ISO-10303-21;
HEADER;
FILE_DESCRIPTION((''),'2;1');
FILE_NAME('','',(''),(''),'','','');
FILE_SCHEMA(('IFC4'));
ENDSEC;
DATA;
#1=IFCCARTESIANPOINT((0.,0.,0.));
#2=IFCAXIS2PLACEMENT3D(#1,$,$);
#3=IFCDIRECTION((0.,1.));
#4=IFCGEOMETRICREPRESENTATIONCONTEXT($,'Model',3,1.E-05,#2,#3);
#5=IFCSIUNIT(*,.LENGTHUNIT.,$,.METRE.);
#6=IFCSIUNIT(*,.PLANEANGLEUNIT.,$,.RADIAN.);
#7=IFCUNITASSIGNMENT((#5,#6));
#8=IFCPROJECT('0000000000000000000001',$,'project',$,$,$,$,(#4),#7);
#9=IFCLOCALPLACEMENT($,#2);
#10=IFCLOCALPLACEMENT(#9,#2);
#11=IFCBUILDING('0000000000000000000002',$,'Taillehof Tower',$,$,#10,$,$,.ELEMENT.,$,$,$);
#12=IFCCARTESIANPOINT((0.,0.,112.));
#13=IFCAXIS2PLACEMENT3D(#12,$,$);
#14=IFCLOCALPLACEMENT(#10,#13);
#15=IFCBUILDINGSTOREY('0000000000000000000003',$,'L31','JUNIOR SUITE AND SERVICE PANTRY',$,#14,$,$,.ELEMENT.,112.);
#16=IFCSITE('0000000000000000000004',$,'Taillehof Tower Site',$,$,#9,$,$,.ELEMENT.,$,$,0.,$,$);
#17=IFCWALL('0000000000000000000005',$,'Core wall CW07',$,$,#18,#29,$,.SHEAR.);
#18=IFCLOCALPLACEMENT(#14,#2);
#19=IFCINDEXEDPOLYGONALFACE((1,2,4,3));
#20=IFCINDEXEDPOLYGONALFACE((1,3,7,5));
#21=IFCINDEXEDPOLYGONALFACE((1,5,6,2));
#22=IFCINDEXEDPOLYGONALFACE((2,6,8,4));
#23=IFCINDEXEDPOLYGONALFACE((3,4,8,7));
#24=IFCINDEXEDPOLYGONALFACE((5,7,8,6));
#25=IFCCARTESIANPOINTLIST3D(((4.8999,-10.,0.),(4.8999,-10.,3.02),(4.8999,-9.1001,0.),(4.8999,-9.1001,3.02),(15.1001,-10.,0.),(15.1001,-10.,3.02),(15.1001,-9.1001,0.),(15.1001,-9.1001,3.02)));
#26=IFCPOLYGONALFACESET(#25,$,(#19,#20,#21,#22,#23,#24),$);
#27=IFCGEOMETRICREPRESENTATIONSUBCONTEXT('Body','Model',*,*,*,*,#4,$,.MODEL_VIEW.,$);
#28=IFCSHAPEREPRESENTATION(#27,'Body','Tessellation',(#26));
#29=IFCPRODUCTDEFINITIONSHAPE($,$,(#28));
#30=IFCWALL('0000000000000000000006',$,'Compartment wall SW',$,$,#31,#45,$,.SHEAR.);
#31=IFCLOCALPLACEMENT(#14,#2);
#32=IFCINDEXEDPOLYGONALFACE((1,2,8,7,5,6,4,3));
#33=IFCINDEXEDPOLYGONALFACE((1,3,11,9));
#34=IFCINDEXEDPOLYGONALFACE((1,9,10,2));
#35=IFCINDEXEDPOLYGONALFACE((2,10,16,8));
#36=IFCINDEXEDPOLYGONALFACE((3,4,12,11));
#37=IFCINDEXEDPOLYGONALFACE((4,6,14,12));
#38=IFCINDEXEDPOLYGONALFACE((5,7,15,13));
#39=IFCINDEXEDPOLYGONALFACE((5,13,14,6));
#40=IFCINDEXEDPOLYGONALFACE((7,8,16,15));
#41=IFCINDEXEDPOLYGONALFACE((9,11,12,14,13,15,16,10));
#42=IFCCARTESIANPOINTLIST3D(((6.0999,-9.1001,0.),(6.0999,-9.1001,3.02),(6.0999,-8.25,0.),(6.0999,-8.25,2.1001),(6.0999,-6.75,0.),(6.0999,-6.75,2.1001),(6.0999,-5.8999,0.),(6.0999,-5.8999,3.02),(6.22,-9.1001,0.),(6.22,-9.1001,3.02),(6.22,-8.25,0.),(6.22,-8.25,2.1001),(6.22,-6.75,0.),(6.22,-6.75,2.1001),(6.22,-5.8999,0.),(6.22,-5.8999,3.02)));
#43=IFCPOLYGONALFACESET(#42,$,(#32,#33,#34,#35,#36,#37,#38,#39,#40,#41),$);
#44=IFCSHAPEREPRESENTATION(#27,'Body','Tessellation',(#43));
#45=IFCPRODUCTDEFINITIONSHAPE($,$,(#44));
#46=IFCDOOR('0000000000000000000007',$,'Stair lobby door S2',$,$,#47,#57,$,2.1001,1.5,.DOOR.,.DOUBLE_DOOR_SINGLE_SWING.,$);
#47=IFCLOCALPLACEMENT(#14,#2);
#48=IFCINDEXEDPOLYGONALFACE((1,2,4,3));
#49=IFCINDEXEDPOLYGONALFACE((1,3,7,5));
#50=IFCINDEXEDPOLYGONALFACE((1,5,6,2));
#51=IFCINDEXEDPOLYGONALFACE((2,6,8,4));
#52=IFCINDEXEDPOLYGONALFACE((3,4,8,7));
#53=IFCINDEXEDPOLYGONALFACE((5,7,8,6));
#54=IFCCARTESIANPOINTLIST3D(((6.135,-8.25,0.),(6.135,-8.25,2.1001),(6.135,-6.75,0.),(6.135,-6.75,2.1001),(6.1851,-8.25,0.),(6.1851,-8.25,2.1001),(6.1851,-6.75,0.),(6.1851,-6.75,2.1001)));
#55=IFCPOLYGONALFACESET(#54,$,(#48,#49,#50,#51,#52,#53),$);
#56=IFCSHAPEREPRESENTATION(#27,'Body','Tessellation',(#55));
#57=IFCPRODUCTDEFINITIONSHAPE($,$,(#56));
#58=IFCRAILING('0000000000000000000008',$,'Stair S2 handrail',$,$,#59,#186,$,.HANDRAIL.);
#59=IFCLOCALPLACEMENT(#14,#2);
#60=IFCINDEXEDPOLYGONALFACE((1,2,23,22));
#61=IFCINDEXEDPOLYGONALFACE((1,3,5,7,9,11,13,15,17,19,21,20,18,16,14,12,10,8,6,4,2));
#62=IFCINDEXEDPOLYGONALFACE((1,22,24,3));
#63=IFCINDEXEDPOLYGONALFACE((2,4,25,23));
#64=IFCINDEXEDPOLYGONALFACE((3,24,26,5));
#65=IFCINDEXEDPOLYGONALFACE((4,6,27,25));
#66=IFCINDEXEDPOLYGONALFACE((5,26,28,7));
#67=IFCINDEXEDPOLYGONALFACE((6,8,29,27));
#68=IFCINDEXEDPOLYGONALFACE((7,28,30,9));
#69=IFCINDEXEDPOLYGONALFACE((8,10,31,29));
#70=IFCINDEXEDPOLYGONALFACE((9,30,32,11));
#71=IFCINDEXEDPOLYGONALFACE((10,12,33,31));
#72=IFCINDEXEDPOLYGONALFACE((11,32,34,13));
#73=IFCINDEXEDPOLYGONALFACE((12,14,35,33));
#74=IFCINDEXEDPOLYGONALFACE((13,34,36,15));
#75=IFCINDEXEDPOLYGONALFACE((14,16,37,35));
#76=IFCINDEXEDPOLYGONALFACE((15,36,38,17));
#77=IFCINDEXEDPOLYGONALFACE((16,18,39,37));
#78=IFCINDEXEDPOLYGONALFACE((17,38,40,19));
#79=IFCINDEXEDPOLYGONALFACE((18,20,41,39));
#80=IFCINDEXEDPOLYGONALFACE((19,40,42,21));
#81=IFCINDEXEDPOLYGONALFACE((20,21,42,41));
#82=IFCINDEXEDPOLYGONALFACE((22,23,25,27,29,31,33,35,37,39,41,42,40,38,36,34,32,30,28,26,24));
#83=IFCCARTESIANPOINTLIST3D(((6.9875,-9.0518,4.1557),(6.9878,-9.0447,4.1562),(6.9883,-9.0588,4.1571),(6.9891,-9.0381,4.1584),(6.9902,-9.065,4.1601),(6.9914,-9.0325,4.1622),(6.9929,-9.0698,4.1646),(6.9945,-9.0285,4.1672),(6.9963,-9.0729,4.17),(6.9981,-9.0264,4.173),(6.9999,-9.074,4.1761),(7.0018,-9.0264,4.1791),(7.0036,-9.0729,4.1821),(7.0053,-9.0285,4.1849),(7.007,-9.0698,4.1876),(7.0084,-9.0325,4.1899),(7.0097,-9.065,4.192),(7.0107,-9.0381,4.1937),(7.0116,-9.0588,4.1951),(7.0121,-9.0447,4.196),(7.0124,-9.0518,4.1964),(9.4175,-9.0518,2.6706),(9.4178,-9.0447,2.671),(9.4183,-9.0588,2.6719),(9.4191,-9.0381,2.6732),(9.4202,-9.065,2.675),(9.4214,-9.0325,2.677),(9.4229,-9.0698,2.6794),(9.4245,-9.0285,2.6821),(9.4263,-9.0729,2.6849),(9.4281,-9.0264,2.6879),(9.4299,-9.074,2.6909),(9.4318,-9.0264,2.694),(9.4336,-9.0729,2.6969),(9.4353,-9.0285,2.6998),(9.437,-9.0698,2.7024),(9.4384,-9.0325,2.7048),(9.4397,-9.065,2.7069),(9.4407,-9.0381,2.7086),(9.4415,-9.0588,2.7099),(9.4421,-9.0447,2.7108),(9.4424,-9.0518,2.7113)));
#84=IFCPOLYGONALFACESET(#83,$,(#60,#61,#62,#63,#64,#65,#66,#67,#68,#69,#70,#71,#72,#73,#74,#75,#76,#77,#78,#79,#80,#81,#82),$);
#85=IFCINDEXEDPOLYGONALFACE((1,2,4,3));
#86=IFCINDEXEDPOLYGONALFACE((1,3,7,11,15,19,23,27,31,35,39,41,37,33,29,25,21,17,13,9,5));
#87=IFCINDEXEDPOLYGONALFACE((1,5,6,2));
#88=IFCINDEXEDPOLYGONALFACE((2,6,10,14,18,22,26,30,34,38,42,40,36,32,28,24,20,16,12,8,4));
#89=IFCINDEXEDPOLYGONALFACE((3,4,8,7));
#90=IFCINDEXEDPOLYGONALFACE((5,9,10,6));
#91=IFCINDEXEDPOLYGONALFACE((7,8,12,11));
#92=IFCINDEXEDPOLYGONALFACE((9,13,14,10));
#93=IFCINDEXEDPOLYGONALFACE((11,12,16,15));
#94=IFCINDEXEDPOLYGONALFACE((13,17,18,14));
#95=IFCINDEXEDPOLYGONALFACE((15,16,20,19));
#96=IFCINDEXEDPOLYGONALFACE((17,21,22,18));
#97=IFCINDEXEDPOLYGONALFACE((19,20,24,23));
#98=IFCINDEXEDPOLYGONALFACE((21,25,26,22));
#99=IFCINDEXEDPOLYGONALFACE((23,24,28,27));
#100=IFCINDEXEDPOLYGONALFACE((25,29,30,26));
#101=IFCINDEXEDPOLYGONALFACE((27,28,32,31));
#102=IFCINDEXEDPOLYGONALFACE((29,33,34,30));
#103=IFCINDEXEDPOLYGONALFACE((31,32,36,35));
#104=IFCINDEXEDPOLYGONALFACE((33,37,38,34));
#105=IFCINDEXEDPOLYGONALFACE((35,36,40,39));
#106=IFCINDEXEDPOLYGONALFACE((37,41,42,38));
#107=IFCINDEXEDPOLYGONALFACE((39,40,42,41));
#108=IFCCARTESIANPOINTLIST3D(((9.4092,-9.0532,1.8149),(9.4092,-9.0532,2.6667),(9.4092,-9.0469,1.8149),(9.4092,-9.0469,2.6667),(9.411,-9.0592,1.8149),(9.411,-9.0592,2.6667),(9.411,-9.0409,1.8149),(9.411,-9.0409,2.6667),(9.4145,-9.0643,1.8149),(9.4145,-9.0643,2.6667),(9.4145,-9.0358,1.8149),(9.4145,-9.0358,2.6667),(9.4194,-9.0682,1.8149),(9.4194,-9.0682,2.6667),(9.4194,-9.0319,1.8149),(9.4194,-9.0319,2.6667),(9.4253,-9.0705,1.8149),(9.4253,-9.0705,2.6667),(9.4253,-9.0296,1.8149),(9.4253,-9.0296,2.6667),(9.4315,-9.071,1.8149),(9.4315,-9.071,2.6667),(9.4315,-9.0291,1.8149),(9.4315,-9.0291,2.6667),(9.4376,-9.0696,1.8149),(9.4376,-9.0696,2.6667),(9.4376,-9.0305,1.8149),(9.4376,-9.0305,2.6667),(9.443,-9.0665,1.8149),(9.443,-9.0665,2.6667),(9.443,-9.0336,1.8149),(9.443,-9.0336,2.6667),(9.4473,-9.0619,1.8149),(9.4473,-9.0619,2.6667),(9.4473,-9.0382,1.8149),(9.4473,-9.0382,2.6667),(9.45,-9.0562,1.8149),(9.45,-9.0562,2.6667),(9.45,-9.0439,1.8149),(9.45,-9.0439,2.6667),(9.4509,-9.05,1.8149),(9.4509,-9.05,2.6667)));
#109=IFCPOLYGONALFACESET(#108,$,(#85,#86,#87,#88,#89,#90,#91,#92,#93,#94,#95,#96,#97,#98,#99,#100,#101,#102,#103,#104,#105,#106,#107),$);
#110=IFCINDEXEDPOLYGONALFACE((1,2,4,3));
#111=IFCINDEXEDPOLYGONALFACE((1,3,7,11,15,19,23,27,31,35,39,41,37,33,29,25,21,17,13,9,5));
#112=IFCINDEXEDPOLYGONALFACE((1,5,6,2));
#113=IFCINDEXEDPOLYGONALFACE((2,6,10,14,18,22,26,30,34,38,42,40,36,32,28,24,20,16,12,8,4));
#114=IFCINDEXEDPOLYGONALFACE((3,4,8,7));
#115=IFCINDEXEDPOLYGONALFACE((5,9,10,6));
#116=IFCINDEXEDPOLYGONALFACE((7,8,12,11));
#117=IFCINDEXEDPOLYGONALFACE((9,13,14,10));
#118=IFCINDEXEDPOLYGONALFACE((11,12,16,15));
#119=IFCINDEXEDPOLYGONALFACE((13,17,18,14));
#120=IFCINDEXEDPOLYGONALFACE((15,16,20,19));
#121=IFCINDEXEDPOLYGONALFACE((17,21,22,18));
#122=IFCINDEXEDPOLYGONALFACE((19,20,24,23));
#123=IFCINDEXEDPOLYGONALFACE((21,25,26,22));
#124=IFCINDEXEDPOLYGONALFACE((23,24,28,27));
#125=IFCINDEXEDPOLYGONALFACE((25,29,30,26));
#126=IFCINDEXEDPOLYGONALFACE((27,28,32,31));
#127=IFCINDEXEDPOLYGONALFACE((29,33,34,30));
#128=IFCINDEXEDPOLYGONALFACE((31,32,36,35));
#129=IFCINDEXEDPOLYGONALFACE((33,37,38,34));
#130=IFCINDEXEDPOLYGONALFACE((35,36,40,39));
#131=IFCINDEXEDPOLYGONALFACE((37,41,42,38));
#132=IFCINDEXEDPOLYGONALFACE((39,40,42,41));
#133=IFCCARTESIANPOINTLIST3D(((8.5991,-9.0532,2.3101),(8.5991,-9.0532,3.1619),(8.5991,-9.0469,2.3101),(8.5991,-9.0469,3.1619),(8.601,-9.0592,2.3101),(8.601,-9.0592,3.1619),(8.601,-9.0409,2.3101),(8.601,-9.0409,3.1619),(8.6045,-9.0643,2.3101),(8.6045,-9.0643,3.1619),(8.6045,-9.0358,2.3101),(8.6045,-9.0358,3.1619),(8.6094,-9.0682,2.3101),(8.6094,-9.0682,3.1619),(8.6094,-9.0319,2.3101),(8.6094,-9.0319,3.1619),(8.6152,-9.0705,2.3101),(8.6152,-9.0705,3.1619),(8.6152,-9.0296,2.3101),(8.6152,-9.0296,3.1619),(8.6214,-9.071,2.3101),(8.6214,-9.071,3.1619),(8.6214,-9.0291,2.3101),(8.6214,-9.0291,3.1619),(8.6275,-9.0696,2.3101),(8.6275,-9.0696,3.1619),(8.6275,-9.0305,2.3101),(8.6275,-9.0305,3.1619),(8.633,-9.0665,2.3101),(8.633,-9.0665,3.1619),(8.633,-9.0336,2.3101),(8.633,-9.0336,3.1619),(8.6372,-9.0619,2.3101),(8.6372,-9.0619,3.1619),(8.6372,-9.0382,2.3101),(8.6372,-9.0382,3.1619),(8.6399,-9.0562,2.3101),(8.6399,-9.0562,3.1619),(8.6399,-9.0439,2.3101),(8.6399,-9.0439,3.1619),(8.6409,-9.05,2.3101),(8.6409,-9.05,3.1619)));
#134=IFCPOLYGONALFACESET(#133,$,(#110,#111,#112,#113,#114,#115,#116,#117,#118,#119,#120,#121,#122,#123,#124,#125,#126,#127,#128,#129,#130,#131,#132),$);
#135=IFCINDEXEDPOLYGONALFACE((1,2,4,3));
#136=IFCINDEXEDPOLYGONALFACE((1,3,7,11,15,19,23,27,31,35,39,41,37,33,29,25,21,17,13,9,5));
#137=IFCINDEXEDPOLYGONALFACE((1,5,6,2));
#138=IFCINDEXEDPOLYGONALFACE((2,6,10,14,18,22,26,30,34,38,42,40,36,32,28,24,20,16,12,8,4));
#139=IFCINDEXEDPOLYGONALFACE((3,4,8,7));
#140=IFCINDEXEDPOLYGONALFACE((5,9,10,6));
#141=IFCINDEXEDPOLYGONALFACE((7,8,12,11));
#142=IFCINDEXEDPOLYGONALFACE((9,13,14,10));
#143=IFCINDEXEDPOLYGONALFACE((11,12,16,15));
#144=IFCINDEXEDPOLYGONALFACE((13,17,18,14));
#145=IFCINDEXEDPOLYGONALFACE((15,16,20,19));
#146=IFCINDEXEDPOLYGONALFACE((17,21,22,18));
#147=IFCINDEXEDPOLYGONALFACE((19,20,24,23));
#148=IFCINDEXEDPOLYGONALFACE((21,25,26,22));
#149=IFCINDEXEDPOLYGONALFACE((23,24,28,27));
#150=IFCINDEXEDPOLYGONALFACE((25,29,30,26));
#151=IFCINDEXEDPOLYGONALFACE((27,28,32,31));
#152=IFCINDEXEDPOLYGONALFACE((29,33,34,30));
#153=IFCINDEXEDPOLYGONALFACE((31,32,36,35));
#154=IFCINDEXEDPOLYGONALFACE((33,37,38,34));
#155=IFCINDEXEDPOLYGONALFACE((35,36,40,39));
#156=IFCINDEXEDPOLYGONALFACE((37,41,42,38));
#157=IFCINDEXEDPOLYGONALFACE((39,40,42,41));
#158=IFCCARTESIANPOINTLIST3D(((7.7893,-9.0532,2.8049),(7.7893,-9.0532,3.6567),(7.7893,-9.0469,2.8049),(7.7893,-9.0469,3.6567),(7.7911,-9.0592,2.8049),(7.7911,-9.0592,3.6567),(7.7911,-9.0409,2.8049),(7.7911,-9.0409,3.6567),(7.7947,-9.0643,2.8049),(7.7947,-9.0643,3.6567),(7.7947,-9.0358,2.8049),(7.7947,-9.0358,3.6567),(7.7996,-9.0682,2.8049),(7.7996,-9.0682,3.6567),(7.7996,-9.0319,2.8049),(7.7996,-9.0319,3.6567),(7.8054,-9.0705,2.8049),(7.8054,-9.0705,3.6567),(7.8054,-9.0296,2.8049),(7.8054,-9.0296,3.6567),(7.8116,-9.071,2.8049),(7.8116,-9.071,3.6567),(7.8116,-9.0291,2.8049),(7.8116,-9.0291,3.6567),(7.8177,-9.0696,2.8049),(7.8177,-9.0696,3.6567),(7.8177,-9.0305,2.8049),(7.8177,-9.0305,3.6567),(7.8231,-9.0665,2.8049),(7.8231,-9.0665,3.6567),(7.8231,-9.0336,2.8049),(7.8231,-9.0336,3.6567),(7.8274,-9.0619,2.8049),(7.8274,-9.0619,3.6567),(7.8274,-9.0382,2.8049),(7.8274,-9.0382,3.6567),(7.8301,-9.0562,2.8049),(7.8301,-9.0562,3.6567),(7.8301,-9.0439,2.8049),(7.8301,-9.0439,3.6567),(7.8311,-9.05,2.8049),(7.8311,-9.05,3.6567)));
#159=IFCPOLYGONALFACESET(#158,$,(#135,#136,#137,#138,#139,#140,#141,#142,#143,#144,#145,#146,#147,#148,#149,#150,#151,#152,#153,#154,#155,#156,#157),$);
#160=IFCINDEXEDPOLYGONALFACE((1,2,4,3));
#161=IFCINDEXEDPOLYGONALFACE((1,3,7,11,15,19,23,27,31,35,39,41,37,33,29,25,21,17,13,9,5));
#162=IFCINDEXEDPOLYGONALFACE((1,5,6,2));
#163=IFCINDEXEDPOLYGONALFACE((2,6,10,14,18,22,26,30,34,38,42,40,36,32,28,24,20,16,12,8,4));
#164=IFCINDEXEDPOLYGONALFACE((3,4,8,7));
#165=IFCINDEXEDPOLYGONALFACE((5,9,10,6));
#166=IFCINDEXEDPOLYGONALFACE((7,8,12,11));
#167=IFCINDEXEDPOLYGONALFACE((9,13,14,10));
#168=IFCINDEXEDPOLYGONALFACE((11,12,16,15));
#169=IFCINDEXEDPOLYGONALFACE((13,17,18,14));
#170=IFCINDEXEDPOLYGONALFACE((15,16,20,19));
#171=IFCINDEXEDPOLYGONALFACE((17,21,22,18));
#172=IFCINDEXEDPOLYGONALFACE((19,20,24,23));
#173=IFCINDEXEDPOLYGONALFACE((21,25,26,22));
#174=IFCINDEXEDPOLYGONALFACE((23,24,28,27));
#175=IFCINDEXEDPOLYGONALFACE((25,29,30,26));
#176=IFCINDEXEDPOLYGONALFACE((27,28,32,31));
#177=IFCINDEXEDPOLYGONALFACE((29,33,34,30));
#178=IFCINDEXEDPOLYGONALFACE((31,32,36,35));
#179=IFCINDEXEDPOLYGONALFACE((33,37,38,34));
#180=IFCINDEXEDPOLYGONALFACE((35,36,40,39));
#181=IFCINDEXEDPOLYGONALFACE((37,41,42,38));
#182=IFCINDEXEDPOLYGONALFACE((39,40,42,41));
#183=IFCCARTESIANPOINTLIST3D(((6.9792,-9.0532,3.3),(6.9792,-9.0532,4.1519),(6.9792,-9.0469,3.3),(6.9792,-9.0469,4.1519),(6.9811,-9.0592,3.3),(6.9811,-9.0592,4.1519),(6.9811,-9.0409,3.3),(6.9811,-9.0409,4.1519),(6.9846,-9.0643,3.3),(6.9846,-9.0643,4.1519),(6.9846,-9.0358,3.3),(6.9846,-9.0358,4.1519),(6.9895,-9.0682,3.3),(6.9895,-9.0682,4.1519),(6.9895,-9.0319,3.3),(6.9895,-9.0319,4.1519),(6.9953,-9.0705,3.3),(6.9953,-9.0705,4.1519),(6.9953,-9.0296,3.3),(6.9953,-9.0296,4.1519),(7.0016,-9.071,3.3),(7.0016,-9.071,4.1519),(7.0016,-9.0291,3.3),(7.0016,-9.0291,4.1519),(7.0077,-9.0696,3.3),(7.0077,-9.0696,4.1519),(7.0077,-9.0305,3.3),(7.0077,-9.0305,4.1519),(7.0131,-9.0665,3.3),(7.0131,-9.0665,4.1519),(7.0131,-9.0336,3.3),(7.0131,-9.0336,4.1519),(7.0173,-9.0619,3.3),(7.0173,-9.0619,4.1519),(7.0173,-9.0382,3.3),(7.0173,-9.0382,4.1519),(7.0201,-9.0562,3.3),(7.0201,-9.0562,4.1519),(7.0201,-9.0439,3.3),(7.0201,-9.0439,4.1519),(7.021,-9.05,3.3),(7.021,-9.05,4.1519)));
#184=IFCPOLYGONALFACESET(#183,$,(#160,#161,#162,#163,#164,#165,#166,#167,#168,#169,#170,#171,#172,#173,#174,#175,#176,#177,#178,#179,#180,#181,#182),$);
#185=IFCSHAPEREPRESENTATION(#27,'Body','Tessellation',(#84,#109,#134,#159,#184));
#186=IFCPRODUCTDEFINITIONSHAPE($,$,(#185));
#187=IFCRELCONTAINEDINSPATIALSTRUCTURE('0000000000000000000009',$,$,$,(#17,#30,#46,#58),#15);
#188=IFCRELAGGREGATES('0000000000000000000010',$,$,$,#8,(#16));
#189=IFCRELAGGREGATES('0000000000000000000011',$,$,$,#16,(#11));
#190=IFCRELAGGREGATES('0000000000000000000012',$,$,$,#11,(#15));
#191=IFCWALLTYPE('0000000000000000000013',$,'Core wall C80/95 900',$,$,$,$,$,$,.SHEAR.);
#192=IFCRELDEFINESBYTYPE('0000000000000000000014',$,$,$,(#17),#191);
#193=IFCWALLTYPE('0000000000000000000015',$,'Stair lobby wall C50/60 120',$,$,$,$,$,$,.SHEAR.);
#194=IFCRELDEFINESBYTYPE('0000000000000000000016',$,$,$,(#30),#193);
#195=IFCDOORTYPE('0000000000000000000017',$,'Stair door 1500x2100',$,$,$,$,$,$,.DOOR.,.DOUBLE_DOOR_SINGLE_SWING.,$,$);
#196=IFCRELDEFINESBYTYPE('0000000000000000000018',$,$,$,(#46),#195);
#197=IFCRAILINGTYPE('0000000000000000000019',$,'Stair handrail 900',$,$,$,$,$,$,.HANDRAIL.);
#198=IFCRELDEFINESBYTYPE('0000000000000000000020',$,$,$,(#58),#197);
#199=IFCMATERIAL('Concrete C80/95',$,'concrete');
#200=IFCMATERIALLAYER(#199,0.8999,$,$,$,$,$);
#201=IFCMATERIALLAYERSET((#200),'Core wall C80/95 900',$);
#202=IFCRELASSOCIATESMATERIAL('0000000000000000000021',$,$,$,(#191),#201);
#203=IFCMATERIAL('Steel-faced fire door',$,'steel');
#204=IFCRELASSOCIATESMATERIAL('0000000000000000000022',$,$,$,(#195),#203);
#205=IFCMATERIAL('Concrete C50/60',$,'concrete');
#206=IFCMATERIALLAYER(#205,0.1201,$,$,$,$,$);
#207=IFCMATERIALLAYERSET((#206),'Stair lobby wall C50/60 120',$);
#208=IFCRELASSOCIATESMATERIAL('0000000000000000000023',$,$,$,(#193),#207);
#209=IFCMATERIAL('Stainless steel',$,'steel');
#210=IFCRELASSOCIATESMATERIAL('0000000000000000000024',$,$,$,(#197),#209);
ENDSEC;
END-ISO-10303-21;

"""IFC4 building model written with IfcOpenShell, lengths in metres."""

from ifc_helpers import new_model, si_unit, direction, frame, frame_2d, origin, origin_2d, place, context, subcontext, project, spatial, rectangle, circle, extrude, material, layer, layer_set, type_object, element, fill, save


model = new_model("IFC4")

# Units and contexts
model_context = context("Model", 3, precision=1e-05, world=origin(), true_north=direction((0.0, 1.0)))
body_context = subcontext(model_context, "Body", "Model", "MODEL_VIEW")
ifc_project = project(units=[si_unit("LENGTHUNIT", "METRE"), si_unit("PLANEANGLEUNIT", "RADIAN")], contexts=[model_context])

# Site, building, storey
site_placement = place(None, origin())
site = spatial("IfcSite", under=ifc_project, at=site_placement, Name="Taillehof Tower Site", CompositionType="ELEMENT", RefElevation=0.0)
building_placement = place(site_placement, origin())
building = spatial("IfcBuilding", under=site, at=building_placement, Name="Taillehof Tower", CompositionType="ELEMENT")
storey_placement = place(building_placement, frame((0.0, 0.0, 112.0)))
storey = spatial("IfcBuildingStorey", under=building, at=storey_placement, Name="L31", Description="JUNIOR SUITE AND SERVICE PANTRY", CompositionType="ELEMENT", Elevation=112.0)

# Shared definitions
ifc_material_1 = material(Name="Concrete C80/95", Category="concrete")
ifc_layer_1 = layer(ifc_material_1, 0.8999)
ifc_layer_set_1 = layer_set([ifc_layer_1], Name="Core wall C80/95 900")
wall_type_1 = type_object("IfcWallType", Name="Core wall C80/95 900", PredefinedType="SHEAR", material=ifc_layer_set_1)
ifc_material_2 = material(Name="Steel-faced fire door", Category="steel")
door_type_1 = type_object("IfcDoorType", Name="Stair door 1500x2100", OperationType="DOUBLE_DOOR_SINGLE_SWING", PredefinedType="DOOR", material=ifc_material_2)

# Wall
wall_1_placement = place(storey_placement, frame((4.8999, -9.55, 0.0), z_axis=(0.0, 0.0, 1.0), x_axis=(1.0, 0.0, 0.0)))
element("IfcWall", 1, at=wall_1_placement, inside=storey, type_object=wall_type_1, Name="Core wall CW07", PredefinedType="SHEAR", context=body_context, shape_type="SweptSolid", body=[
    extrude(rectangle(XDim=10.2002, YDim=0.8999, at=frame_2d((5.1001, 0.0))), origin(), (0.0, 0.0, 1.0), 3.02),
])

# Wall, opening, door
ifc_material_3 = material(Name="Concrete C50/60", Category="concrete")
ifc_layer_2 = layer(ifc_material_3, 0.1201)
ifc_layer_set_2 = layer_set([ifc_layer_2], Name="Stair lobby wall C50/60 120")
wall_type_2 = type_object("IfcWallType", Name="Stair lobby wall C50/60 120", PredefinedType="SHEAR", material=ifc_layer_set_2)
wall_2_placement = place(storey_placement, frame((6.1599, -9.1001, 0.0), z_axis=(0.0, 0.0, 1.0), x_axis=(0.0, 1.0, 0.0)))
wall_2 = element("IfcWall", 2, at=wall_2_placement, inside=storey, type_object=wall_type_2, Name="Compartment wall SW", PredefinedType="SHEAR", context=body_context, shape_type="SweptSolid", body=[
    extrude(rectangle(XDim=3.2002, YDim=0.1201, at=frame_2d((1.6001, 0.0))), origin(), (0.0, 0.0, 1.0), 3.02),
])
opening_1_placement = place(wall_2_placement, frame((0.8501, 0.0, 0.0)))
opening_1 = element("IfcOpeningElement", 3, at=opening_1_placement, cuts=wall_2, PredefinedType="OPENING", context=body_context, shape_type="SweptSolid", body=[
    extrude(rectangle(XDim=1.5, YDim=2.1001, at=frame_2d((0.75, 1.05))), frame((0.0, 0.0701, 0.0), z_axis=(0.0, -1.0, 0.0), x_axis=(1.0, 0.0, 0.0)), (0.0, 0.0, 1.0), 0.1401),
])
door_1_placement = place(opening_1_placement, origin())
door_1 = element("IfcDoor", 4, at=door_1_placement, inside=storey, type_object=door_type_1, Name="Stair lobby door S2", OperationType="DOUBLE_DOOR_SINGLE_SWING", OverallHeight=2.1001, OverallWidth=1.5, PredefinedType="DOOR", context=body_context, shape_type="SweptSolid", body=[
    extrude(rectangle(XDim=1.5, YDim=2.1001, at=frame_2d((0.75, 1.05))), frame((0.0, 0.0249, 0.0), z_axis=(0.0, -1.0, 0.0), x_axis=(1.0, 0.0, 0.0)), (0.0, 0.0, 1.0), 0.05),
])
fill(opening_1, door_1)

# Railing
ifc_material_4 = material(Name="Stainless steel", Category="steel")
railing_type = type_object("IfcRailingType", Name="Stair handrail 900", PredefinedType="HANDRAIL", material=ifc_material_4)
railing_placement = place(storey_placement, frame((9.4299, -9.05, 1.8149)))
element("IfcRailing", 5, at=railing_placement, inside=storey, type_object=railing_type, Name="Stair S2 handrail", PredefinedType="HANDRAIL", context=body_context, shape_type="SweptSolid", body=[
    extrude(circle(Radius=0.0239, at=origin_2d()), frame((0.0, 0.0, 0.876), z_axis=(-0.853259, 0.0, 0.521488), x_axis=(0.0, -1.0, 0.0)), (0.0, 0.0, 1.0), 2.8479),
    extrude(circle(Radius=0.021, at=origin_2d()), origin(), (0.0, 0.0, 1.0), 0.8518),
    extrude(circle(Radius=0.021, at=origin_2d()), frame((-0.8101, 0.0, 0.4951)), (0.0, 0.0, 1.0), 0.8518),
    extrude(circle(Radius=0.021, at=origin_2d()), frame((-1.6199, 0.0, 0.99)), (0.0, 0.0, 1.0), 0.8518),
    extrude(circle(Radius=0.021, at=origin_2d()), frame((-2.4299, 0.0, 1.4851)), (0.0, 0.0, 1.0), 0.8518),
])

save(model, "model.ifc")
